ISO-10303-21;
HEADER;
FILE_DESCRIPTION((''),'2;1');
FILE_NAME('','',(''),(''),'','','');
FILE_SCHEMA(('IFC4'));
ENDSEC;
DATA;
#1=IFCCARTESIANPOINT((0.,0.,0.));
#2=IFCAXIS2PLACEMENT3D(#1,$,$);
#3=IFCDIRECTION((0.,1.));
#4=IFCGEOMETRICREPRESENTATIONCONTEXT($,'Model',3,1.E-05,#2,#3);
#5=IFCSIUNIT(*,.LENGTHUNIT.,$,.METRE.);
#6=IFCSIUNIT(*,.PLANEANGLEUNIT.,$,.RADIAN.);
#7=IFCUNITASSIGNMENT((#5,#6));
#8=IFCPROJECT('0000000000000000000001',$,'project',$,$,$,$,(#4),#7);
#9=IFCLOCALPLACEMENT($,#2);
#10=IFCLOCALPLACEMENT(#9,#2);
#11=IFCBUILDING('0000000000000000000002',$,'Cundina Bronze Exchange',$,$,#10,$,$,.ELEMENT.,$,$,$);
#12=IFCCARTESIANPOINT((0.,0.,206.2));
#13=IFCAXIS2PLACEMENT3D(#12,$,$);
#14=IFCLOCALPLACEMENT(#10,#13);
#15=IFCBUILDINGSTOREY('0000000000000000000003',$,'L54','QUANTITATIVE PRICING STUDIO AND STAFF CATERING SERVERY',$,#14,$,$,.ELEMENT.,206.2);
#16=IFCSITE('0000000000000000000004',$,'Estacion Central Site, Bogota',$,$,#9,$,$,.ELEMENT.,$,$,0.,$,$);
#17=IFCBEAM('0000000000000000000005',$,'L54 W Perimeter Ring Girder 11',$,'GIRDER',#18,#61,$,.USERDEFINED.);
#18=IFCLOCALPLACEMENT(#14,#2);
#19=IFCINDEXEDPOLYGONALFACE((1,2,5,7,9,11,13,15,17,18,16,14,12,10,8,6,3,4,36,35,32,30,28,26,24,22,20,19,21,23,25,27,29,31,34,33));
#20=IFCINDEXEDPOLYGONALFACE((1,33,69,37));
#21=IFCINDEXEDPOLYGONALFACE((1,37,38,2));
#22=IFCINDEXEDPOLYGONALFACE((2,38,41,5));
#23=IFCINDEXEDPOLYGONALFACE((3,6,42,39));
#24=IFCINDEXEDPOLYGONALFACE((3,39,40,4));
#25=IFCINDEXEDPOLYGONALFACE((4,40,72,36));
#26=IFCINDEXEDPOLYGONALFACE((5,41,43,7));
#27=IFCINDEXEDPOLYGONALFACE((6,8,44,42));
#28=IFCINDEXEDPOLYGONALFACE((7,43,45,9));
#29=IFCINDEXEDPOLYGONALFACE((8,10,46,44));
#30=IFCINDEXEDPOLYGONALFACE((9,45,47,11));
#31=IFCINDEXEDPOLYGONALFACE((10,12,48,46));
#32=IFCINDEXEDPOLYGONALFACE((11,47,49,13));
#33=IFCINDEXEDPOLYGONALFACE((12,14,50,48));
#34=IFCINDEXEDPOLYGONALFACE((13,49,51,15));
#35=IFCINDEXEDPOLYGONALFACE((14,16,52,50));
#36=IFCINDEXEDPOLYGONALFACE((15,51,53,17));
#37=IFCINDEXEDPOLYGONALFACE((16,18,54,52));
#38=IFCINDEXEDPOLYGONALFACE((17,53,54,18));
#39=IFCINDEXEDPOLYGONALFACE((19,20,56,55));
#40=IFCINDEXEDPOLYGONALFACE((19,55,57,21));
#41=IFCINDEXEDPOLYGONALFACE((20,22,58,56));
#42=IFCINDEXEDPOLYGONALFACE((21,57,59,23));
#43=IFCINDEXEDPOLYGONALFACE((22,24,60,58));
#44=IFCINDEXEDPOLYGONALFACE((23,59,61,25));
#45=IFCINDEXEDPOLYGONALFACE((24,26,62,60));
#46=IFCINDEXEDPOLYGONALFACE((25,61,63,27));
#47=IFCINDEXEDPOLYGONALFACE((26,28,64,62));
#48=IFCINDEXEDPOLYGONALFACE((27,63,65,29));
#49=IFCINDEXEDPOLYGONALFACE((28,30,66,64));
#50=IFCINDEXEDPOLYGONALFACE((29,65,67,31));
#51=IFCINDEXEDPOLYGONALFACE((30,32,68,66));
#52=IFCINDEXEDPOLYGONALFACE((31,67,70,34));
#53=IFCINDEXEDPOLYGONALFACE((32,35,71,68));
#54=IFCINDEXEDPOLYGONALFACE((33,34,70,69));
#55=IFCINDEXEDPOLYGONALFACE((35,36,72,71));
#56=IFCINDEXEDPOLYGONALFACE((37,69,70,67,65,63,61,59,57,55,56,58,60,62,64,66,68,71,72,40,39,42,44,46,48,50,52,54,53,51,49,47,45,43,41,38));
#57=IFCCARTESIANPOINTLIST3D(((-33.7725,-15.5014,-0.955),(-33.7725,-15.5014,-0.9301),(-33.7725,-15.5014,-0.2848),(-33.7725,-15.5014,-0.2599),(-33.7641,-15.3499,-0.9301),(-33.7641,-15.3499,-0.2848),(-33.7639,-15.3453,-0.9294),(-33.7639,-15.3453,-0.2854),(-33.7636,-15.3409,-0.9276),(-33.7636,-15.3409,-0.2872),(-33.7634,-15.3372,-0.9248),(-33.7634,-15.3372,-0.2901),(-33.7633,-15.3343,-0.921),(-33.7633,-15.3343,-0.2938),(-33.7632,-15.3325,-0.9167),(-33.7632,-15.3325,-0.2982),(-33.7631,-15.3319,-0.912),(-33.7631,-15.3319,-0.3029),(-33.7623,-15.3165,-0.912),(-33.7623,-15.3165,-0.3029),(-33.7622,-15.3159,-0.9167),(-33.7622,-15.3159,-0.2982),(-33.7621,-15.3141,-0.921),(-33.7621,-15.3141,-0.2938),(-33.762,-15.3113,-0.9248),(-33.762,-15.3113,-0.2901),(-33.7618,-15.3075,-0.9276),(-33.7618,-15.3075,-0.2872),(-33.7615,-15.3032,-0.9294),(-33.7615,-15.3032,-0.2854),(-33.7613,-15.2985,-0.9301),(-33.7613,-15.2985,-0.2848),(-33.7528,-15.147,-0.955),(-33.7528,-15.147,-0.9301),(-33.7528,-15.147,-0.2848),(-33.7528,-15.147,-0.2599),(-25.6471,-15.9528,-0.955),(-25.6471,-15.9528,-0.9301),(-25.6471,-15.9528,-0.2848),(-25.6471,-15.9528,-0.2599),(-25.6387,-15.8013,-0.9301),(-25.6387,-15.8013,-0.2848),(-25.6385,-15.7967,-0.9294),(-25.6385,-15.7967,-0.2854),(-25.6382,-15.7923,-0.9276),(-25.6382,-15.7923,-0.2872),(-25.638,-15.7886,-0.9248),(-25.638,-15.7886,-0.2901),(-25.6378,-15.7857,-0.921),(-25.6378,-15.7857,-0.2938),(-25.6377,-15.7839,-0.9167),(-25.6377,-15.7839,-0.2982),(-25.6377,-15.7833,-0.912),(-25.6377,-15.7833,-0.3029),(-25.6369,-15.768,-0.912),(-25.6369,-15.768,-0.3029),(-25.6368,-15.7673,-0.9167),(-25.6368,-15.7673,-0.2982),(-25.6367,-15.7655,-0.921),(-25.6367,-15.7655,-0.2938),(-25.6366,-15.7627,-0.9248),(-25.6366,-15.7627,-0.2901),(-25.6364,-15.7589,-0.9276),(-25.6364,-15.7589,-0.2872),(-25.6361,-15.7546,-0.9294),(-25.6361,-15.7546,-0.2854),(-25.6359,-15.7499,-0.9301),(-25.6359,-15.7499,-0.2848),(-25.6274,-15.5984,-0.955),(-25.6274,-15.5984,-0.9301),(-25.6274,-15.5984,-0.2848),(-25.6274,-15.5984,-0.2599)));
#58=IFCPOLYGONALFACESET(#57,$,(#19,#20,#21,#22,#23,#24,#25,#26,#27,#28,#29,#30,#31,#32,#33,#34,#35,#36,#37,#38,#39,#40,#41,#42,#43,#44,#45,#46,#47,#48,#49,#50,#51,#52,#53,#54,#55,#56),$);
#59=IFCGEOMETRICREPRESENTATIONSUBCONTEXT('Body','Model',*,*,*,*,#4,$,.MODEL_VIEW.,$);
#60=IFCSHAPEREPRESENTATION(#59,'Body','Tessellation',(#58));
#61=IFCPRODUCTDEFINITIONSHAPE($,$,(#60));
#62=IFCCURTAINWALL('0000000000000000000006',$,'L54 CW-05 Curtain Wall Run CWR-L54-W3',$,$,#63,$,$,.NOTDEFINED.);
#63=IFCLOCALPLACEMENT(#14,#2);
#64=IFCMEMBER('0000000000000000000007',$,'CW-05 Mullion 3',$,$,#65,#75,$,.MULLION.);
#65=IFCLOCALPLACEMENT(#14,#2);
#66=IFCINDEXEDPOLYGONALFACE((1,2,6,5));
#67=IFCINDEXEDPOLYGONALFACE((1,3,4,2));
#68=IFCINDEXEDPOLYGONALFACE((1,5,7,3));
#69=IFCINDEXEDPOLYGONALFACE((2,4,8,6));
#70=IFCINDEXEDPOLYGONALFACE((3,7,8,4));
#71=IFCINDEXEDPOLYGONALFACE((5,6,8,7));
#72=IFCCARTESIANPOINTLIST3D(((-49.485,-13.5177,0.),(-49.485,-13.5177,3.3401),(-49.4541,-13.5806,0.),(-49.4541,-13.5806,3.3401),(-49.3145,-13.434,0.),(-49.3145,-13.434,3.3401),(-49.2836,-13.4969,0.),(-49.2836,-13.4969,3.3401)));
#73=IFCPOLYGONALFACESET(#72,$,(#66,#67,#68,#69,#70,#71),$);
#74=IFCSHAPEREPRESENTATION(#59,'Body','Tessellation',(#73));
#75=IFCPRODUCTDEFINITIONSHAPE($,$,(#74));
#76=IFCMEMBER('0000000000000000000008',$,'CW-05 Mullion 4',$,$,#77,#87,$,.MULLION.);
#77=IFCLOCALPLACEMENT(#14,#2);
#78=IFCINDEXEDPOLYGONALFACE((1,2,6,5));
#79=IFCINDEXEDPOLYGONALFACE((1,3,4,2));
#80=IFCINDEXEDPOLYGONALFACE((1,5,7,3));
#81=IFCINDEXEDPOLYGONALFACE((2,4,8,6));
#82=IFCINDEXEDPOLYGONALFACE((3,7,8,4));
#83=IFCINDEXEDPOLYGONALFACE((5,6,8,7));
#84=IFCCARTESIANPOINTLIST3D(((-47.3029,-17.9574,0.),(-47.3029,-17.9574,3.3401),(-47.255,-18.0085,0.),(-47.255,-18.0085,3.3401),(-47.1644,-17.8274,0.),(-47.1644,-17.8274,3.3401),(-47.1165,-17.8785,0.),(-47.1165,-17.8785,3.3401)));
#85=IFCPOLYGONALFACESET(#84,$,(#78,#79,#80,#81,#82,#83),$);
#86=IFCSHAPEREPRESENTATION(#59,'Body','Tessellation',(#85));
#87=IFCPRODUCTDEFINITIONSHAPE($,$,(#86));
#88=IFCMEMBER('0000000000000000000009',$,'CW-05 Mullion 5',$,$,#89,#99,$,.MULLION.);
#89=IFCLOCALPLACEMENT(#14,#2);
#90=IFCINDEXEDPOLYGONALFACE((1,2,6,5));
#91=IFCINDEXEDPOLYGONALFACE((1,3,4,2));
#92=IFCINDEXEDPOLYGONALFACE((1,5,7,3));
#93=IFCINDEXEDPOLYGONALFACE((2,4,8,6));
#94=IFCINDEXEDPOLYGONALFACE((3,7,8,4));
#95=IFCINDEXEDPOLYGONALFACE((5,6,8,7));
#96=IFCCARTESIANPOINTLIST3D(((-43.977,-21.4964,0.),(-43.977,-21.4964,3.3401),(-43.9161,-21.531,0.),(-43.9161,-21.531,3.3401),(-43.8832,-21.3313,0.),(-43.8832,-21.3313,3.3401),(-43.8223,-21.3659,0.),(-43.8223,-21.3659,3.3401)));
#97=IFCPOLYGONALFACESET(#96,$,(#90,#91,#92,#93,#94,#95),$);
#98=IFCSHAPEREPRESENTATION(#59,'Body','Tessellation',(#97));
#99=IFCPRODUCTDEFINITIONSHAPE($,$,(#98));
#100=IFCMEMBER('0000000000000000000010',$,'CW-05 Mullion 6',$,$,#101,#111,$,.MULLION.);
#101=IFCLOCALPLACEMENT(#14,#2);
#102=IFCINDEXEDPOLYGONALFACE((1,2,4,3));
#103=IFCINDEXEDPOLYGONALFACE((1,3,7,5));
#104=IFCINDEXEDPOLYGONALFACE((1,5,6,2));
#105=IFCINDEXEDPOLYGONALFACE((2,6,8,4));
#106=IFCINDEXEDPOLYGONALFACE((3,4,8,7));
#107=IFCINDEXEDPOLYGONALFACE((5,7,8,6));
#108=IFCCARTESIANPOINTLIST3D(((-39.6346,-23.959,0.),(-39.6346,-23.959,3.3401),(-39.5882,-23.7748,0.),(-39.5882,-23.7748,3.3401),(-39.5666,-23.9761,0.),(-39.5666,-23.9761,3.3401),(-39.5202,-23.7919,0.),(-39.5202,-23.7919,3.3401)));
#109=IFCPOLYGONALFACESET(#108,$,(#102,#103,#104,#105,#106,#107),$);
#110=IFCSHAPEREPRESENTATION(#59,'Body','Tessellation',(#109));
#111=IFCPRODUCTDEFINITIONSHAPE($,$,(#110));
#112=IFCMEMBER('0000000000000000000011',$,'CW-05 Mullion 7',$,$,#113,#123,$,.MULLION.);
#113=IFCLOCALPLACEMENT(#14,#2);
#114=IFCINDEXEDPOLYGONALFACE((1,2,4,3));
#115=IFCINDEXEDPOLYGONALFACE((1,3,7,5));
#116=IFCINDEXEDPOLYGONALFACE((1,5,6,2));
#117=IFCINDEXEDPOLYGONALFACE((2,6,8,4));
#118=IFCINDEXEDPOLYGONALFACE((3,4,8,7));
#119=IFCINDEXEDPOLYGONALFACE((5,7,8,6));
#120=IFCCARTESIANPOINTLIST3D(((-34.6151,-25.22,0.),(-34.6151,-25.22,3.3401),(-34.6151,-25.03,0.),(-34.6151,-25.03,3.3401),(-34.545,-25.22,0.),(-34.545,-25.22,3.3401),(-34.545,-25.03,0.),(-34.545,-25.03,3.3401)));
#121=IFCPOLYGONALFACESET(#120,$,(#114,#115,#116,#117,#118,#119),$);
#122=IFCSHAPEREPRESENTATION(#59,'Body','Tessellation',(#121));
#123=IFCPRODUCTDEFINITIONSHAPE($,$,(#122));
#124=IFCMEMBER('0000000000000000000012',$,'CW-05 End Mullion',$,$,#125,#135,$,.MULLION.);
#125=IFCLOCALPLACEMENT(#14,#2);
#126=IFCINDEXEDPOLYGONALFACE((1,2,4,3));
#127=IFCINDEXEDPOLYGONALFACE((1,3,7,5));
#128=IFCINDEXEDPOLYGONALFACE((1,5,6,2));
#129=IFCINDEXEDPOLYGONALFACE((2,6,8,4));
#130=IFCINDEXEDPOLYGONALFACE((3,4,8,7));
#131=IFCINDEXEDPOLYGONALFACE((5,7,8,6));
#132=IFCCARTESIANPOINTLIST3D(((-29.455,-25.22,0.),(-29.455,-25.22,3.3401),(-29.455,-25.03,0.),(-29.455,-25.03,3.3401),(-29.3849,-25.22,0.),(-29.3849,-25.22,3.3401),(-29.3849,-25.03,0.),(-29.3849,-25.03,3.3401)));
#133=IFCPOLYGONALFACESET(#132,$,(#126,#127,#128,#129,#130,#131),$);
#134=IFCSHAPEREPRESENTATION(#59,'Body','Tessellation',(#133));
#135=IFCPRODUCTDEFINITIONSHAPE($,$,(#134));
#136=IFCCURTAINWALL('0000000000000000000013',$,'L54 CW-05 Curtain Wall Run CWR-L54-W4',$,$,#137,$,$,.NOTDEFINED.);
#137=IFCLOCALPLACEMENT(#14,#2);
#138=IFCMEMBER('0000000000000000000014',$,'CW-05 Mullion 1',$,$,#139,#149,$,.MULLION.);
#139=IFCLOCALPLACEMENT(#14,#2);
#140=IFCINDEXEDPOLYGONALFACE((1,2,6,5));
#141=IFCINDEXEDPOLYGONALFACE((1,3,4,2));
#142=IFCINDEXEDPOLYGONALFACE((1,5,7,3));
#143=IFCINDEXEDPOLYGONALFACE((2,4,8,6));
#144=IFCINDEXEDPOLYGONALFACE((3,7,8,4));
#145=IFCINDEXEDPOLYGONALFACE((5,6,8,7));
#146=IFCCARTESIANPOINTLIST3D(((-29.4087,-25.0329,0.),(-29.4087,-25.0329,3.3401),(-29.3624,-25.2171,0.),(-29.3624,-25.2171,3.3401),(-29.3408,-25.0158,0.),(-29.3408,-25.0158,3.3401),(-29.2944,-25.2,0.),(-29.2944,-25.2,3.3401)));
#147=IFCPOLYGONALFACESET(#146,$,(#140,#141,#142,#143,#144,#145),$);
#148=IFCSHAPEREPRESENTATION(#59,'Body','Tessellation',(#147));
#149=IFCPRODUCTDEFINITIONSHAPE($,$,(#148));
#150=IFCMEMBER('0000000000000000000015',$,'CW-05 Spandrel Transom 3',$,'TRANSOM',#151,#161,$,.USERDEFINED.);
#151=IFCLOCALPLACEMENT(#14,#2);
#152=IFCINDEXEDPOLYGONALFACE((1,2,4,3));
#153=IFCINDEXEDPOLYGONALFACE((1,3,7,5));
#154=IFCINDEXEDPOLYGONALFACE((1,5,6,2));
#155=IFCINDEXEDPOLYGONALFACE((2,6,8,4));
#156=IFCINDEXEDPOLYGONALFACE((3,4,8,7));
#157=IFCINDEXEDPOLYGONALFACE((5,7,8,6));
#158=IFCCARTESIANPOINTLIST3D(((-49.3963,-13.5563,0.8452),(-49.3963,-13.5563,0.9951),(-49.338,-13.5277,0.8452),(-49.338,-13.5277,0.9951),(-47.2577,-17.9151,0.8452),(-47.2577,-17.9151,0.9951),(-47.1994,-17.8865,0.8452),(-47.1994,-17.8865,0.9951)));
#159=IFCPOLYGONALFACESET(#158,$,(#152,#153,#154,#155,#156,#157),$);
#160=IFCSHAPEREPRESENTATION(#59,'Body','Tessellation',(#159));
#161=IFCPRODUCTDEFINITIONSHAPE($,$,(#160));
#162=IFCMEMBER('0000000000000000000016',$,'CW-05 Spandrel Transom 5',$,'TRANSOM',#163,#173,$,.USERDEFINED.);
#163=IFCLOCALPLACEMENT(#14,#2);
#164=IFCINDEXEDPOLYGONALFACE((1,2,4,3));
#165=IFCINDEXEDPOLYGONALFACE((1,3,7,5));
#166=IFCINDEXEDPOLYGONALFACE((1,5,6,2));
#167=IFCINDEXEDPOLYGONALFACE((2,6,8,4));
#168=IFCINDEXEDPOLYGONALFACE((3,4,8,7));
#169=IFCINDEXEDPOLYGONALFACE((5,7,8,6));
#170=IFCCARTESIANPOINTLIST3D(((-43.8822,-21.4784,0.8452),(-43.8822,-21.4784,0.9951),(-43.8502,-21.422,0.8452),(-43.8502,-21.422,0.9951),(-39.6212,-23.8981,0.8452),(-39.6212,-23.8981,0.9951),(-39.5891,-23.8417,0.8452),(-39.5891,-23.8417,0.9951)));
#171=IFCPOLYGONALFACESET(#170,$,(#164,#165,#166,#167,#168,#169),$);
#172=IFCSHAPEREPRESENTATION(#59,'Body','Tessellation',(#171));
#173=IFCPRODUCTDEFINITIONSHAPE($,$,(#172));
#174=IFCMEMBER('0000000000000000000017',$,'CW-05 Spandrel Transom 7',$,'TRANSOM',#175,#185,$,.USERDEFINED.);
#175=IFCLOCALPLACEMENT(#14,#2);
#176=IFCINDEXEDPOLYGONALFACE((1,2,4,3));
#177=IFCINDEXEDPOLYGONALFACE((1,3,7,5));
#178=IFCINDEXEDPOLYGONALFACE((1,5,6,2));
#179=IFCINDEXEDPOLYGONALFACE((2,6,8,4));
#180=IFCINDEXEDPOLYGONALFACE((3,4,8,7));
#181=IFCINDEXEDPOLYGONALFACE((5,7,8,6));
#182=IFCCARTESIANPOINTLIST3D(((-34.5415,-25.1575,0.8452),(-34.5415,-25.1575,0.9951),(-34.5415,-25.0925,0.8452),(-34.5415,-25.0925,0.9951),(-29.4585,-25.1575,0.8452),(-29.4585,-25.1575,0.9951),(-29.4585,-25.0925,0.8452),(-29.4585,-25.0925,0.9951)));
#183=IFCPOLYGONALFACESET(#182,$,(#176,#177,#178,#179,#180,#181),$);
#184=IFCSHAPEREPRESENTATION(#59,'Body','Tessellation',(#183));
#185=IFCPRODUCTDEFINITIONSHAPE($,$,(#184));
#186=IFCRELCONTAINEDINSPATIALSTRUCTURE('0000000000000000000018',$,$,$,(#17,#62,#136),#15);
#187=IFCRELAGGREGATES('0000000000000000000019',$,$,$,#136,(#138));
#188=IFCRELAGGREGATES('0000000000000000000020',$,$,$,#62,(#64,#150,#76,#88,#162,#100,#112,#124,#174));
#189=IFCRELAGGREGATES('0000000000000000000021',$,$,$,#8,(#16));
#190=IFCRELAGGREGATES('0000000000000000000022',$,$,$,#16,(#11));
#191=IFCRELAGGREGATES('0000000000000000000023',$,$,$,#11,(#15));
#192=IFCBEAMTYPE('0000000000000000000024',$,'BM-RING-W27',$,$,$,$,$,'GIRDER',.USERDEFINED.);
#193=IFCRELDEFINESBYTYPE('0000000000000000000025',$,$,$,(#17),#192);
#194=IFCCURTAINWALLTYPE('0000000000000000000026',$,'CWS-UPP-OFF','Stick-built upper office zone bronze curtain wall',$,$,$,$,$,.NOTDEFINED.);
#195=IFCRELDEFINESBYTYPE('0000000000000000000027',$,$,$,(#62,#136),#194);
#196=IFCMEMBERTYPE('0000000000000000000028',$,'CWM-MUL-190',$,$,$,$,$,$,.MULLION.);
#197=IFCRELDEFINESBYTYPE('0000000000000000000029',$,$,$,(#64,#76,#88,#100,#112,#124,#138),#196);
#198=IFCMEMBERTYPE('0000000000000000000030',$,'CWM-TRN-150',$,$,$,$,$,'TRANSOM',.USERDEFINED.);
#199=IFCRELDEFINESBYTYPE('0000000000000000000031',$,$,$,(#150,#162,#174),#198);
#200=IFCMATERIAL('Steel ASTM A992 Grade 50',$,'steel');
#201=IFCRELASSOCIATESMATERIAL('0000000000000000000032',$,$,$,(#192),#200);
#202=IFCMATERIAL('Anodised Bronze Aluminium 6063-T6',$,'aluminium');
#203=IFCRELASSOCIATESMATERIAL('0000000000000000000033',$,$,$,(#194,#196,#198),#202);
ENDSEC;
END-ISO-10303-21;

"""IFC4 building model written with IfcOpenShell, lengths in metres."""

from ifc_helpers import new_model, si_unit, direction, frame, origin, origin_2d, place, context, subcontext, project, spatial, rectangle, i_section, extrude, material, material_profile, profile_set, type_object, element, aggregate, save


model = new_model("IFC4")

# Units and contexts
model_context = context("Model", 3, precision=1e-05, world=origin(), true_north=direction((0.0, 1.0)))
body_context = subcontext(model_context, "Body", "Model", "MODEL_VIEW")
ifc_project = project(units=[si_unit("LENGTHUNIT", "METRE"), si_unit("PLANEANGLEUNIT", "RADIAN")], contexts=[model_context])

# Site, building, storey
site_placement = place(None, origin())
site = spatial("IfcSite", under=ifc_project, at=site_placement, Name="Estacion Central Site, Bogota", CompositionType="ELEMENT", RefElevation=0.0)
building_placement = place(site_placement, origin())
building = spatial("IfcBuilding", under=site, at=building_placement, Name="Cundina Bronze Exchange", CompositionType="ELEMENT")
storey_placement = place(building_placement, frame((0.0, 0.0, 206.2)))
storey = spatial("IfcBuildingStorey", under=building, at=storey_placement, Name="L54", Description="QUANTITATIVE PRICING STUDIO AND STAFF CATERING SERVERY", CompositionType="ELEMENT", Elevation=206.2)

# Beam
ifc_material_1 = material(Name="Steel ASTM A992 Grade 50", Category="steel")
ifc_material_profile_1 = material_profile(ifc_material_1, i_section(OverallWidth=0.355, OverallDepth=0.6951, WebThickness=0.0154, FlangeThickness=0.0249, FilletRadius=0.0181, at=origin_2d()), Name="W27X146", Category="steel")
ifc_profile_set_1 = profile_set([ifc_material_profile_1], Name="Steel ASTM A992 Grade 50")
beam_type_1 = type_object("IfcBeamType", Name="BM-RING-W27", ElementType="GIRDER", PredefinedType="USERDEFINED", material=ifc_profile_set_1)
for number, where, z_axis, x_axis, name in (
    (1, (-33.7627, -15.3242, -0.6074), (0.99846, -0.05547, 0.0), (0.05547, 0.99846, 0.0), "L54 W Perimeter Ring Girder 11"),
):
    element("IfcBeam", number, at=place(storey_placement, frame(where, z_axis=z_axis, x_axis=x_axis)), inside=storey, type_object=beam_type_1, Name=name, ObjectType="GIRDER", PredefinedType="USERDEFINED", context=body_context, shape_type="SweptSolid", body=[
        extrude(i_section(OverallWidth=0.355, OverallDepth=0.6951, WebThickness=0.0154, FlangeThickness=0.0249, FilletRadius=0.0181, at=origin_2d()), origin(), (0.0, 0.0, 1.0), 8.1379),
    ])

# Curtain wall, members
ifc_material_2 = material(Name="Anodised Bronze Aluminium 6063-T6", Category="aluminium")
curtain_wall_type = type_object("IfcCurtainWallType", Name="CWS-UPP-OFF", Description="Stick-built upper office zone bronze curtain wall", PredefinedType="NOTDEFINED", material=ifc_material_2)
curtain_wall_1_placement = place(storey_placement, origin())
curtain_wall_1 = element("IfcCurtainWall", 2, at=curtain_wall_1_placement, inside=storey, type_object=curtain_wall_type, Name="L54 CW-05 Curtain Wall Run CWR-L54-W3", PredefinedType="NOTDEFINED")
ifc_material_profile_2 = material_profile(ifc_material_2, rectangle(XDim=0.0701, YDim=0.1899, at=origin_2d()), Name="AL70X190", Category="aluminium")
ifc_profile_set_2 = profile_set([ifc_material_profile_2], Name="Anodised Bronze Aluminium 6063-T6")
member_type_1 = type_object("IfcMemberType", Name="CWM-MUL-190", PredefinedType="MULLION", material=ifc_profile_set_2)
member_1_placement = place(storey_placement, frame((-49.3843, -13.5073, 0.0), z_axis=(0.0, 0.0, 1.0), x_axis=(0.440566, -0.89772, 0.0)))
member_1 = element("IfcMember", 3, at=member_1_placement, type_object=member_type_1, Name="CW-05 Mullion 3", PredefinedType="MULLION", context=body_context, shape_type="SweptSolid", body=[
    extrude(rectangle(XDim=0.0701, YDim=0.1899, at=origin_2d()), origin(), (0.0, 0.0, 1.0), 3.3401),
])
member_2_placement = place(storey_placement, frame((-47.2097, -17.918, 0.0), z_axis=(0.0, 0.0, 1.0), x_axis=(0.684293, -0.729208, 0.0)))
member_2 = element("IfcMember", 4, at=member_2_placement, type_object=member_type_1, Name="CW-05 Mullion 4", PredefinedType="MULLION", context=body_context, shape_type="SweptSolid", body=[
    extrude(rectangle(XDim=0.0701, YDim=0.1899, at=origin_2d()), origin(), (0.0, 0.0, 1.0), 3.3401),
])
member_3_placement = place(storey_placement, frame((-43.8997, -21.4312, 0.0), z_axis=(0.0, 0.0, 1.0), x_axis=(0.869581, -0.49379, 0.0)))
member_3 = element("IfcMember", 5, at=member_3_placement, type_object=member_type_1, Name="CW-05 Mullion 5", PredefinedType="MULLION", context=body_context, shape_type="SweptSolid", body=[
    extrude(rectangle(XDim=0.0701, YDim=0.1899, at=origin_2d()), origin(), (0.0, 0.0, 1.0), 3.3401),
])
member_4_placement = place(storey_placement, frame((-39.5774, -23.8755, 0.0), z_axis=(0.0, 0.0, 1.0), x_axis=(0.969744, -0.244123, 0.0)))
member_4 = element("IfcMember", 6, at=member_4_placement, type_object=member_type_1, Name="CW-05 Mullion 6", PredefinedType="MULLION", context=body_context, shape_type="SweptSolid", body=[
    extrude(rectangle(XDim=0.0701, YDim=0.1899, at=origin_2d()), origin(), (0.0, 0.0, 1.0), 3.3401),
])
member_5_placement = place(storey_placement, frame((-34.5801, -25.125, 0.0), z_axis=(0.0, 0.0, 1.0), x_axis=(1.0, 0.0, 0.0)))
member_5 = element("IfcMember", 7, at=member_5_placement, type_object=member_type_1, Name="CW-05 Mullion 7", PredefinedType="MULLION", context=body_context, shape_type="SweptSolid", body=[
    extrude(rectangle(XDim=0.0701, YDim=0.1899, at=origin_2d()), origin(), (0.0, 0.0, 1.0), 3.3401),
])
member_6_placement = place(storey_placement, frame((-29.4199, -25.125, 0.0), z_axis=(0.0, 0.0, 1.0), x_axis=(1.0, 0.0, 0.0)))
member_6 = element("IfcMember", 8, at=member_6_placement, type_object=member_type_1, Name="CW-05 End Mullion", PredefinedType="MULLION", context=body_context, shape_type="SweptSolid", body=[
    extrude(rectangle(XDim=0.0701, YDim=0.1899, at=origin_2d()), origin(), (0.0, 0.0, 1.0), 3.3401),
])

# Curtain wall, member
curtain_wall_2_placement = place(storey_placement, origin())
curtain_wall_2 = element("IfcCurtainWall", 9, at=curtain_wall_2_placement, inside=storey, type_object=curtain_wall_type, Name="L54 CW-05 Curtain Wall Run CWR-L54-W4", PredefinedType="NOTDEFINED")
member_7_placement = place(storey_placement, frame((-29.3516, -25.1165, 0.0), z_axis=(0.0, 0.0, 1.0), x_axis=(0.969744, 0.244123, 0.0)))
member_7 = element("IfcMember", 10, at=member_7_placement, type_object=member_type_1, Name="CW-05 Mullion 1", PredefinedType="MULLION", context=body_context, shape_type="SweptSolid", body=[
    extrude(rectangle(XDim=0.0701, YDim=0.1899, at=origin_2d()), origin(), (0.0, 0.0, 1.0), 3.3401),
])
aggregate(curtain_wall_2, [member_7])

# Members
ifc_material_profile_3 = material_profile(ifc_material_2, rectangle(XDim=0.0649, YDim=0.1499, at=origin_2d()), Name="AL65X150", Category="aluminium")
ifc_profile_set_3 = profile_set([ifc_material_profile_3], Name="Anodised Bronze Aluminium 6063-T6")
member_type_2 = type_object("IfcMemberType", Name="CWM-TRN-150", ElementType="TRANSOM", PredefinedType="USERDEFINED", material=ifc_profile_set_3)
member_8_placement = place(storey_placement, frame((-49.3672, -13.542, 0.9202), z_axis=(0.440483, -0.897761, 0.0), x_axis=(0.897761, 0.440483, 0.0)))
member_8 = element("IfcMember", 11, at=member_8_placement, type_object=member_type_2, Name="CW-05 Spandrel Transom 3", ObjectType="TRANSOM", PredefinedType="USERDEFINED", context=body_context, shape_type="SweptSolid", body=[
    extrude(rectangle(XDim=0.0649, YDim=0.1499, at=origin_2d()), origin(), (0.0, 0.0, 1.0), 4.8552),
])
member_9_placement = place(storey_placement, frame((-43.8662, -21.4502, 0.9202), z_axis=(0.869574, -0.493803, 0.0), x_axis=(0.493803, 0.869574, 0.0)))
member_9 = element("IfcMember", 12, at=member_9_placement, type_object=member_type_2, Name="CW-05 Spandrel Transom 5", ObjectType="TRANSOM", PredefinedType="USERDEFINED", context=body_context, shape_type="SweptSolid", body=[
    extrude(rectangle(XDim=0.0649, YDim=0.1499, at=origin_2d()), origin(), (0.0, 0.0, 1.0), 4.9001),
])
member_10_placement = place(storey_placement, frame((-34.5415, -25.125, 0.9202), z_axis=(1.0, 0.0, 0.0), x_axis=(0.0, 1.0, 0.0)))
member_10 = element("IfcMember", 13, at=member_10_placement, type_object=member_type_2, Name="CW-05 Spandrel Transom 7", ObjectType="TRANSOM", PredefinedType="USERDEFINED", context=body_context, shape_type="SweptSolid", body=[
    extrude(rectangle(XDim=0.0649, YDim=0.1499, at=origin_2d()), origin(), (0.0, 0.0, 1.0), 5.083),
])

aggregate(curtain_wall_1, [member_1, member_8, member_2, member_3, member_9, member_4, member_5, member_6, member_10])

save(model, "model.ifc")
